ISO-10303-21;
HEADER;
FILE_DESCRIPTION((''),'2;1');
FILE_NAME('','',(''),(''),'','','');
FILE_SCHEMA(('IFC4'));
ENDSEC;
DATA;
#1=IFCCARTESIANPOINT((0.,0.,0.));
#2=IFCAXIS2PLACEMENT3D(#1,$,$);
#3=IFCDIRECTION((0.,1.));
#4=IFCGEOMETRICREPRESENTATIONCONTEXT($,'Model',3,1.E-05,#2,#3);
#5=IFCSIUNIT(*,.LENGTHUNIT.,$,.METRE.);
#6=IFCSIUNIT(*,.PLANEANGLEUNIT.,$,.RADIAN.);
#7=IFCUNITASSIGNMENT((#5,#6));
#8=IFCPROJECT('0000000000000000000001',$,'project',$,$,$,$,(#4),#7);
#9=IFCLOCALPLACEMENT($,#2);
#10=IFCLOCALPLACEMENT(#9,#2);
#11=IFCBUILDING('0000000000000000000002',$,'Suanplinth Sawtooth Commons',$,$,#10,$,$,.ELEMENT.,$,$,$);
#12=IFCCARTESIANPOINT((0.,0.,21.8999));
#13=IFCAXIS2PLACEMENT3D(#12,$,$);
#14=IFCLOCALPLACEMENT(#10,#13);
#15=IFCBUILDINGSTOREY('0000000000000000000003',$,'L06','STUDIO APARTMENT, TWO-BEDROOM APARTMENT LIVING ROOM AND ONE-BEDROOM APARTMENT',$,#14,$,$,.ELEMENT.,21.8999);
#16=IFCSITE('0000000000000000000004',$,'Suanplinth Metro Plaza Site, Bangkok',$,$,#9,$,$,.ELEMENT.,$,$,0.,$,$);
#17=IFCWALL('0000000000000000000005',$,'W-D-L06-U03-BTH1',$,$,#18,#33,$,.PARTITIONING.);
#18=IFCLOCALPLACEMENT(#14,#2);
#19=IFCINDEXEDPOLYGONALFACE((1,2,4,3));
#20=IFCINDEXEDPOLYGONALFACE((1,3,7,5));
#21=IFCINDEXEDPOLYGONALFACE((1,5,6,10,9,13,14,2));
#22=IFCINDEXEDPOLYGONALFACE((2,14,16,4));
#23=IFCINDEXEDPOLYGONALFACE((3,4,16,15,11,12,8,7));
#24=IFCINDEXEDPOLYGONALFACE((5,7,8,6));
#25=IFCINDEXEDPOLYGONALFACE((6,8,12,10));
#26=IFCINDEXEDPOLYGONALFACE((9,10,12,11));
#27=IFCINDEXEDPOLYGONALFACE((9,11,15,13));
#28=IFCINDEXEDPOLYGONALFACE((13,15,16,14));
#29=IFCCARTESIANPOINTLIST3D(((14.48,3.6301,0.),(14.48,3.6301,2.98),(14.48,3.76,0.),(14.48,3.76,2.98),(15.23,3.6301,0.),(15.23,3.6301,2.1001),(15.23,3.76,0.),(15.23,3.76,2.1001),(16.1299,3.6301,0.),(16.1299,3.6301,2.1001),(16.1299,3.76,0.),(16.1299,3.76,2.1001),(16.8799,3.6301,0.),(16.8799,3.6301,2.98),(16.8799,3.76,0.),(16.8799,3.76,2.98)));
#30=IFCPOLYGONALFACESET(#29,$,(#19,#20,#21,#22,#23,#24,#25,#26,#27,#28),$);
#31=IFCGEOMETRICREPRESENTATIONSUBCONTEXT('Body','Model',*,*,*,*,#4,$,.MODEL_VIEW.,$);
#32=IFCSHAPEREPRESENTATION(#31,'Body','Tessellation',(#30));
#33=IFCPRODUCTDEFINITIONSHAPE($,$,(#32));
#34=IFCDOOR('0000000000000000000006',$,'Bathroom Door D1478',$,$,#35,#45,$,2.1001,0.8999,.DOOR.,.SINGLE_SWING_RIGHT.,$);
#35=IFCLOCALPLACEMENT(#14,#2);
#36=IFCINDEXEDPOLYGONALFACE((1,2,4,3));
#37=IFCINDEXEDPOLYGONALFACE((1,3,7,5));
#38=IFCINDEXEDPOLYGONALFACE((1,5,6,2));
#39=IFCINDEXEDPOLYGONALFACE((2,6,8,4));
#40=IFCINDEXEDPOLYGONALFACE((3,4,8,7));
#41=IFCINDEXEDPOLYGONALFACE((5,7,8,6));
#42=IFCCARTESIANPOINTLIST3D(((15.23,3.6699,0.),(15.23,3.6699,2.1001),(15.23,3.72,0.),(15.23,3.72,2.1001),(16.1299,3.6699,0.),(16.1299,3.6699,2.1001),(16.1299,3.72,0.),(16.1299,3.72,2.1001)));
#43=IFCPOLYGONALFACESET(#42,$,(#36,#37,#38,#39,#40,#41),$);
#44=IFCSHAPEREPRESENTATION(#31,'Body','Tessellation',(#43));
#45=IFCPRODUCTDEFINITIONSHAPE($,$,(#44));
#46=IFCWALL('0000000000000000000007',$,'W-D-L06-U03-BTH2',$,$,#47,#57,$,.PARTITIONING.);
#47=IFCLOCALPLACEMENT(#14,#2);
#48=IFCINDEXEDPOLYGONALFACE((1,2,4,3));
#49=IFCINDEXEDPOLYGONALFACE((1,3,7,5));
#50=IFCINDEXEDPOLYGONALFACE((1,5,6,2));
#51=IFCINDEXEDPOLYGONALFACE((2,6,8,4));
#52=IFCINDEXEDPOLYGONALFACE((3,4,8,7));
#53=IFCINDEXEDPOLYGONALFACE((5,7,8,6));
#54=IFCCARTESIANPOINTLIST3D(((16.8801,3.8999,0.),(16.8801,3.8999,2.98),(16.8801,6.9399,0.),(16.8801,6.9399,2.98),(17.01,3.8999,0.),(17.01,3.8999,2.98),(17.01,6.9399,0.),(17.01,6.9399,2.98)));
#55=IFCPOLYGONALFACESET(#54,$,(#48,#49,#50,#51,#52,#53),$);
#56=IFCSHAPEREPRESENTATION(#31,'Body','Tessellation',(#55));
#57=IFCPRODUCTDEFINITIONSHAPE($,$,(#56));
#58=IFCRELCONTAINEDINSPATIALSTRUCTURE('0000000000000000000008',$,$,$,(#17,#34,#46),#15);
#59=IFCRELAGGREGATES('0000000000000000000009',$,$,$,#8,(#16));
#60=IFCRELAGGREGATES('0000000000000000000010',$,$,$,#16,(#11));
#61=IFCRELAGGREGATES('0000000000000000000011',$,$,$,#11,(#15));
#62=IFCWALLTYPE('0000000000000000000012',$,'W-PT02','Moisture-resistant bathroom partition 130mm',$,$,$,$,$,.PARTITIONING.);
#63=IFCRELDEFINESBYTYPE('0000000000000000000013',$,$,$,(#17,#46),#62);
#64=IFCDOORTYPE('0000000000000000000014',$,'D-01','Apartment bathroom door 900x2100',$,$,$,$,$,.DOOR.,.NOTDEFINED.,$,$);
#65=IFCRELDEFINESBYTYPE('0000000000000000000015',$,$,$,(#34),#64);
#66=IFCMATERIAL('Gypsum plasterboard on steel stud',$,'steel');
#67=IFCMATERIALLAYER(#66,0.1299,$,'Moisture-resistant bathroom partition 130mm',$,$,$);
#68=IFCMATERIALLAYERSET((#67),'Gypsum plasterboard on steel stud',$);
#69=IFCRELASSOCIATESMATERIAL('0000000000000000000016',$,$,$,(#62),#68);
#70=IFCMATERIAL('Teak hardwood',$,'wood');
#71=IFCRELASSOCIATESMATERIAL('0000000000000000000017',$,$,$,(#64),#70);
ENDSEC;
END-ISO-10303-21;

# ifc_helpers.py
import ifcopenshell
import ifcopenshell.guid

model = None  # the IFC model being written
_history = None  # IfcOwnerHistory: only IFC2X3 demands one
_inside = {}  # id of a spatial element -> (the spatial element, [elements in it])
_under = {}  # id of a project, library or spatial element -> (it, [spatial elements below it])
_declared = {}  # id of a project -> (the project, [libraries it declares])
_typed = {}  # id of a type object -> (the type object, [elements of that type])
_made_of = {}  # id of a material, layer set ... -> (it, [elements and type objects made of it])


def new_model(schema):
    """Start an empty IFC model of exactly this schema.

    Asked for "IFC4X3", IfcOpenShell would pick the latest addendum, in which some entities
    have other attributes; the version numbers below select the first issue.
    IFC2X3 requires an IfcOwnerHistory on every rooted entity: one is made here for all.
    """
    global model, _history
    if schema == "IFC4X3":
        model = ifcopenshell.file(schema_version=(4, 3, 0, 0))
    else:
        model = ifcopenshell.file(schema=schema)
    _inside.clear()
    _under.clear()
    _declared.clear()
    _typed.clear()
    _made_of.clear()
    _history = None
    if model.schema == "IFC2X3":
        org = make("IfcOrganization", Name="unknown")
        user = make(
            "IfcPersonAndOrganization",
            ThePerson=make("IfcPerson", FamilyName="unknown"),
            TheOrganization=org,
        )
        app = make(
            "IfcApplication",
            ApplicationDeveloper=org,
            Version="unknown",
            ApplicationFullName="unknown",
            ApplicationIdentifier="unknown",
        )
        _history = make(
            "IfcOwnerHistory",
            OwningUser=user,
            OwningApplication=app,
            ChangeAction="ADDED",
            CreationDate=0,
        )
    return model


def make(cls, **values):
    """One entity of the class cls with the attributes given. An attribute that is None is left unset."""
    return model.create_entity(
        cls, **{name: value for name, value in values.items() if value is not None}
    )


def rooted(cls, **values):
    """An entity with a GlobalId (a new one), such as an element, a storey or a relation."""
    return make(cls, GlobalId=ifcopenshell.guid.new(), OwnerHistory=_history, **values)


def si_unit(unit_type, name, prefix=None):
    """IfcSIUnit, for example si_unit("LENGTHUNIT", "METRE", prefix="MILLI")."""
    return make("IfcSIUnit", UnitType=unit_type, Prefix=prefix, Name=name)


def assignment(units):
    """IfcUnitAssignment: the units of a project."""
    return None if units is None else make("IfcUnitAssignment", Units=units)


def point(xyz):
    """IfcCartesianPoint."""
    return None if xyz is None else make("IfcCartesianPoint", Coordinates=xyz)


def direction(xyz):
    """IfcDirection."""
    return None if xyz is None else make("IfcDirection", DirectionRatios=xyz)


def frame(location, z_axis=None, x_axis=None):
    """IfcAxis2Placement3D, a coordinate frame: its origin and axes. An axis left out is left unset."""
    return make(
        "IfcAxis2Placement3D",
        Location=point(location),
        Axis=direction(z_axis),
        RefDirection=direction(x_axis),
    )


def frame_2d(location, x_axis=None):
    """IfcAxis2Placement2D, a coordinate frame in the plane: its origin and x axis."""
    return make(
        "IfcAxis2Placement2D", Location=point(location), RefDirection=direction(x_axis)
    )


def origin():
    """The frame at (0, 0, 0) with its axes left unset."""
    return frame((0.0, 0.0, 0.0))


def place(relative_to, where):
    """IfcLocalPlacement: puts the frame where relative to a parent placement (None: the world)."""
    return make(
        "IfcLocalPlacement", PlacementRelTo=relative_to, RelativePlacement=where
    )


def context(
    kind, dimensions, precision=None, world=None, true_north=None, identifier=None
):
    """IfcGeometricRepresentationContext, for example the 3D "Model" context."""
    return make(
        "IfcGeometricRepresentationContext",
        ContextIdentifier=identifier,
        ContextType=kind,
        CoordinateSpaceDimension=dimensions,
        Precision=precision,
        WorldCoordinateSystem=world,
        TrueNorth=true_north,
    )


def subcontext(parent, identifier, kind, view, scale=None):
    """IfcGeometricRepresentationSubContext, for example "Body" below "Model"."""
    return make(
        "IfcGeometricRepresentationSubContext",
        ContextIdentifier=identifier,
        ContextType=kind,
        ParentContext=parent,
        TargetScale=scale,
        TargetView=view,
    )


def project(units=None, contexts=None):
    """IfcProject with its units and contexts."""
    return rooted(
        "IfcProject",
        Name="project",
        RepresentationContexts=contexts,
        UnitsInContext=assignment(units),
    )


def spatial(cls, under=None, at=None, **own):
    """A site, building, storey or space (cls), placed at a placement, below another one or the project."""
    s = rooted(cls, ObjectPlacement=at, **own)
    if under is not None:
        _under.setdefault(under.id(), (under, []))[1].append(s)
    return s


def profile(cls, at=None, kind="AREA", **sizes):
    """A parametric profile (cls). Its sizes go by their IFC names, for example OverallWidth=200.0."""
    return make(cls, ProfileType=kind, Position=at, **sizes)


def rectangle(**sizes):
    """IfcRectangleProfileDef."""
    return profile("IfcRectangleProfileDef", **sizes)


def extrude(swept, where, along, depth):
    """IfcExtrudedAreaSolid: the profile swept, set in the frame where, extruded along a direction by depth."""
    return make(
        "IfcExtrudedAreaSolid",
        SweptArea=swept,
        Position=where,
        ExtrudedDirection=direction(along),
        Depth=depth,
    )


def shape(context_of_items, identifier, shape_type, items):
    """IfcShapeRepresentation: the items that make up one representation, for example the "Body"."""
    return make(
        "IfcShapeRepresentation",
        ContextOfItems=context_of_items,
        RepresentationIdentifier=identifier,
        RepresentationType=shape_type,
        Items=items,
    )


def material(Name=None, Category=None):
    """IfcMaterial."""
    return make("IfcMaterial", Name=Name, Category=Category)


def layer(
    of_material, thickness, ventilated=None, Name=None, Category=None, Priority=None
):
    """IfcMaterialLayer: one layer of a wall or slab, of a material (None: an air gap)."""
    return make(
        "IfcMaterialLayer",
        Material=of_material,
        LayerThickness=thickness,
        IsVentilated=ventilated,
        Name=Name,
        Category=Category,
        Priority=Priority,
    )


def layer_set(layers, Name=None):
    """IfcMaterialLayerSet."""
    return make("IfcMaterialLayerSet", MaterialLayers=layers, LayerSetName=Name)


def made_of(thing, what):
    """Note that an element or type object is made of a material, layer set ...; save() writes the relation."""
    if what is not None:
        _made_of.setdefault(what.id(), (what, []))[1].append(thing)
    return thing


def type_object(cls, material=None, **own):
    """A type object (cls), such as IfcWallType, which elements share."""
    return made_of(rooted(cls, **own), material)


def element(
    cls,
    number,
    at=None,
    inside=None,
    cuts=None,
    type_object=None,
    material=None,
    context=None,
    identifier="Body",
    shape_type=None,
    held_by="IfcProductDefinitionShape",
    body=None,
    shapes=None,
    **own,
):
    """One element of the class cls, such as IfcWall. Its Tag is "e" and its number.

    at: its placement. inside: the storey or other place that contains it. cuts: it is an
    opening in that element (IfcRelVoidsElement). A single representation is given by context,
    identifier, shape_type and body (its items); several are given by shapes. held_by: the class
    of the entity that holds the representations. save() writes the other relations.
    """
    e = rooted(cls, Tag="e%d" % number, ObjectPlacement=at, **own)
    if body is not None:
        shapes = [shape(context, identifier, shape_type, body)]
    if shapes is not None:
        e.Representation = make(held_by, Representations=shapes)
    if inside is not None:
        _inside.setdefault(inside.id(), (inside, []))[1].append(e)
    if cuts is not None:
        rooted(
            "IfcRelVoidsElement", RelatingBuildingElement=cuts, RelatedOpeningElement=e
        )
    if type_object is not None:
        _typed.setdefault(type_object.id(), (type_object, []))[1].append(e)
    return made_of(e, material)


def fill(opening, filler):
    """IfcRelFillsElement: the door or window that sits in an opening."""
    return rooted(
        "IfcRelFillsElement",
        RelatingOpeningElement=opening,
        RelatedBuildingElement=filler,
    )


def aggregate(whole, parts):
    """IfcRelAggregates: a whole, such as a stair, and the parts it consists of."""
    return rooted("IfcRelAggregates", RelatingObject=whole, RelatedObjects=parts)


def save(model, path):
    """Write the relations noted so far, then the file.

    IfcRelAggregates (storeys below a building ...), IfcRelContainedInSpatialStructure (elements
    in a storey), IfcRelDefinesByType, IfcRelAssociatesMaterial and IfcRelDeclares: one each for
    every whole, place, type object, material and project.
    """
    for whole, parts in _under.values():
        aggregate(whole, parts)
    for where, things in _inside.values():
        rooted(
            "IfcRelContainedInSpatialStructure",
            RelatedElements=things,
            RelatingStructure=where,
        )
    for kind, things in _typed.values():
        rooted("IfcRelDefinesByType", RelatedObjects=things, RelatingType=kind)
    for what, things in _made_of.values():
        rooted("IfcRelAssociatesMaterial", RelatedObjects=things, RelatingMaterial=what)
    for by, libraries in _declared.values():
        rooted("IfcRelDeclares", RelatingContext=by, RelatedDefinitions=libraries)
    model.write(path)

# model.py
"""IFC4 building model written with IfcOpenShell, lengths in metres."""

from ifc_helpers import new_model, si_unit, direction, frame, frame_2d, origin, place, context, subcontext, project, spatial, rectangle, extrude, material, layer, layer_set, type_object, element, fill, save


model = new_model("IFC4")

# Units and contexts
model_context = context("Model", 3, precision=1e-05, world=origin(), true_north=direction((0.0, 1.0)))
body_context = subcontext(model_context, "Body", "Model", "MODEL_VIEW")
ifc_project = project(units=[si_unit("LENGTHUNIT", "METRE"), si_unit("PLANEANGLEUNIT", "RADIAN")], contexts=[model_context])

# Site, building, storey
site_placement = place(None, origin())
site = spatial("IfcSite", under=ifc_project, at=site_placement, Name="Suanplinth Metro Plaza Site, Bangkok", CompositionType="ELEMENT", RefElevation=0.0)
building_placement = place(site_placement, origin())
building = spatial("IfcBuilding", under=site, at=building_placement, Name="Suanplinth Sawtooth Commons", CompositionType="ELEMENT")
storey_placement = place(building_placement, frame((0.0, 0.0, 21.8999)))
storey = spatial("IfcBuildingStorey", under=building, at=storey_placement, Name="L06", Description="STUDIO APARTMENT, TWO-BEDROOM APARTMENT LIVING ROOM AND ONE-BEDROOM APARTMENT", CompositionType="ELEMENT", Elevation=21.8999)

# Wall, opening, door
ifc_material_1 = material(Name="Gypsum plasterboard on steel stud", Category="steel")
ifc_material_2 = material(Name="Teak hardwood", Category="wood")
ifc_layer_1 = layer(ifc_material_1, 0.1299, Name="Moisture-resistant bathroom partition 130mm")
ifc_layer_set_1 = layer_set([ifc_layer_1], Name="Gypsum plasterboard on steel stud")
wall_type_1 = type_object("IfcWallType", Name="W-PT02", Description="Moisture-resistant bathroom partition 130mm", PredefinedType="PARTITIONING", material=ifc_layer_set_1)
wall_1_placement = place(storey_placement, frame((14.48, 3.6951, 0.0), z_axis=(0.0, 0.0, 1.0), x_axis=(1.0, 0.0, 0.0)))
wall_1 = element("IfcWall", 1, at=wall_1_placement, inside=storey, type_object=wall_type_1, Name="W-D-L06-U03-BTH1", PredefinedType="PARTITIONING", context=body_context, shape_type="SweptSolid", body=[
    extrude(rectangle(XDim=2.3999, YDim=0.1299, at=frame_2d((1.2, 0.0))), origin(), (0.0, 0.0, 1.0), 2.98),
])
opening_1_placement = place(wall_1_placement, frame((0.75, 0.0, 0.0)))
opening_1 = element("IfcOpeningElement", 2, at=opening_1_placement, cuts=wall_1, PredefinedType="OPENING", context=body_context, shape_type="SweptSolid", body=[
    extrude(rectangle(XDim=0.8999, YDim=2.1001, at=frame_2d((0.45, 1.05))), frame((0.0, 0.0798, 0.0), z_axis=(0.0, -1.0, 0.0), x_axis=(1.0, 0.0, 0.0)), (0.0, 0.0, 1.0), 0.1597),
])
door_type_1 = type_object("IfcDoorType", Name="D-01", Description="Apartment bathroom door 900x2100", OperationType="NOTDEFINED", PredefinedType="DOOR", material=ifc_material_2)
door_1_placement = place(opening_1_placement, origin())
door_1 = element("IfcDoor", 3, at=door_1_placement, inside=storey, type_object=door_type_1, Name="Bathroom Door D1478", OperationType="SINGLE_SWING_RIGHT", OverallHeight=2.1001, OverallWidth=0.8999, PredefinedType="DOOR", context=body_context, shape_type="SweptSolid", body=[
    extrude(rectangle(XDim=0.8999, YDim=2.1001, at=frame_2d((0.45, 1.05))), frame((0.0, 0.0249, 0.0), z_axis=(0.0, -1.0, 0.0), x_axis=(1.0, 0.0, 0.0)), (0.0, 0.0, 1.0), 0.05),
])
fill(opening_1, door_1)

# Wall
wall_2_placement = place(storey_placement, frame((16.9451, 3.8999, 0.0), z_axis=(0.0, 0.0, 1.0), x_axis=(0.0, 1.0, 0.0)))
element("IfcWall", 4, at=wall_2_placement, inside=storey, type_object=wall_type_1, Name="W-D-L06-U03-BTH2", PredefinedType="PARTITIONING", context=body_context, shape_type="SweptSolid", body=[
    extrude(rectangle(XDim=3.04, YDim=0.1299, at=frame_2d((1.52, 0.0))), origin(), (0.0, 0.0, 1.0), 2.98),
])

save(model, "model.ifc")
